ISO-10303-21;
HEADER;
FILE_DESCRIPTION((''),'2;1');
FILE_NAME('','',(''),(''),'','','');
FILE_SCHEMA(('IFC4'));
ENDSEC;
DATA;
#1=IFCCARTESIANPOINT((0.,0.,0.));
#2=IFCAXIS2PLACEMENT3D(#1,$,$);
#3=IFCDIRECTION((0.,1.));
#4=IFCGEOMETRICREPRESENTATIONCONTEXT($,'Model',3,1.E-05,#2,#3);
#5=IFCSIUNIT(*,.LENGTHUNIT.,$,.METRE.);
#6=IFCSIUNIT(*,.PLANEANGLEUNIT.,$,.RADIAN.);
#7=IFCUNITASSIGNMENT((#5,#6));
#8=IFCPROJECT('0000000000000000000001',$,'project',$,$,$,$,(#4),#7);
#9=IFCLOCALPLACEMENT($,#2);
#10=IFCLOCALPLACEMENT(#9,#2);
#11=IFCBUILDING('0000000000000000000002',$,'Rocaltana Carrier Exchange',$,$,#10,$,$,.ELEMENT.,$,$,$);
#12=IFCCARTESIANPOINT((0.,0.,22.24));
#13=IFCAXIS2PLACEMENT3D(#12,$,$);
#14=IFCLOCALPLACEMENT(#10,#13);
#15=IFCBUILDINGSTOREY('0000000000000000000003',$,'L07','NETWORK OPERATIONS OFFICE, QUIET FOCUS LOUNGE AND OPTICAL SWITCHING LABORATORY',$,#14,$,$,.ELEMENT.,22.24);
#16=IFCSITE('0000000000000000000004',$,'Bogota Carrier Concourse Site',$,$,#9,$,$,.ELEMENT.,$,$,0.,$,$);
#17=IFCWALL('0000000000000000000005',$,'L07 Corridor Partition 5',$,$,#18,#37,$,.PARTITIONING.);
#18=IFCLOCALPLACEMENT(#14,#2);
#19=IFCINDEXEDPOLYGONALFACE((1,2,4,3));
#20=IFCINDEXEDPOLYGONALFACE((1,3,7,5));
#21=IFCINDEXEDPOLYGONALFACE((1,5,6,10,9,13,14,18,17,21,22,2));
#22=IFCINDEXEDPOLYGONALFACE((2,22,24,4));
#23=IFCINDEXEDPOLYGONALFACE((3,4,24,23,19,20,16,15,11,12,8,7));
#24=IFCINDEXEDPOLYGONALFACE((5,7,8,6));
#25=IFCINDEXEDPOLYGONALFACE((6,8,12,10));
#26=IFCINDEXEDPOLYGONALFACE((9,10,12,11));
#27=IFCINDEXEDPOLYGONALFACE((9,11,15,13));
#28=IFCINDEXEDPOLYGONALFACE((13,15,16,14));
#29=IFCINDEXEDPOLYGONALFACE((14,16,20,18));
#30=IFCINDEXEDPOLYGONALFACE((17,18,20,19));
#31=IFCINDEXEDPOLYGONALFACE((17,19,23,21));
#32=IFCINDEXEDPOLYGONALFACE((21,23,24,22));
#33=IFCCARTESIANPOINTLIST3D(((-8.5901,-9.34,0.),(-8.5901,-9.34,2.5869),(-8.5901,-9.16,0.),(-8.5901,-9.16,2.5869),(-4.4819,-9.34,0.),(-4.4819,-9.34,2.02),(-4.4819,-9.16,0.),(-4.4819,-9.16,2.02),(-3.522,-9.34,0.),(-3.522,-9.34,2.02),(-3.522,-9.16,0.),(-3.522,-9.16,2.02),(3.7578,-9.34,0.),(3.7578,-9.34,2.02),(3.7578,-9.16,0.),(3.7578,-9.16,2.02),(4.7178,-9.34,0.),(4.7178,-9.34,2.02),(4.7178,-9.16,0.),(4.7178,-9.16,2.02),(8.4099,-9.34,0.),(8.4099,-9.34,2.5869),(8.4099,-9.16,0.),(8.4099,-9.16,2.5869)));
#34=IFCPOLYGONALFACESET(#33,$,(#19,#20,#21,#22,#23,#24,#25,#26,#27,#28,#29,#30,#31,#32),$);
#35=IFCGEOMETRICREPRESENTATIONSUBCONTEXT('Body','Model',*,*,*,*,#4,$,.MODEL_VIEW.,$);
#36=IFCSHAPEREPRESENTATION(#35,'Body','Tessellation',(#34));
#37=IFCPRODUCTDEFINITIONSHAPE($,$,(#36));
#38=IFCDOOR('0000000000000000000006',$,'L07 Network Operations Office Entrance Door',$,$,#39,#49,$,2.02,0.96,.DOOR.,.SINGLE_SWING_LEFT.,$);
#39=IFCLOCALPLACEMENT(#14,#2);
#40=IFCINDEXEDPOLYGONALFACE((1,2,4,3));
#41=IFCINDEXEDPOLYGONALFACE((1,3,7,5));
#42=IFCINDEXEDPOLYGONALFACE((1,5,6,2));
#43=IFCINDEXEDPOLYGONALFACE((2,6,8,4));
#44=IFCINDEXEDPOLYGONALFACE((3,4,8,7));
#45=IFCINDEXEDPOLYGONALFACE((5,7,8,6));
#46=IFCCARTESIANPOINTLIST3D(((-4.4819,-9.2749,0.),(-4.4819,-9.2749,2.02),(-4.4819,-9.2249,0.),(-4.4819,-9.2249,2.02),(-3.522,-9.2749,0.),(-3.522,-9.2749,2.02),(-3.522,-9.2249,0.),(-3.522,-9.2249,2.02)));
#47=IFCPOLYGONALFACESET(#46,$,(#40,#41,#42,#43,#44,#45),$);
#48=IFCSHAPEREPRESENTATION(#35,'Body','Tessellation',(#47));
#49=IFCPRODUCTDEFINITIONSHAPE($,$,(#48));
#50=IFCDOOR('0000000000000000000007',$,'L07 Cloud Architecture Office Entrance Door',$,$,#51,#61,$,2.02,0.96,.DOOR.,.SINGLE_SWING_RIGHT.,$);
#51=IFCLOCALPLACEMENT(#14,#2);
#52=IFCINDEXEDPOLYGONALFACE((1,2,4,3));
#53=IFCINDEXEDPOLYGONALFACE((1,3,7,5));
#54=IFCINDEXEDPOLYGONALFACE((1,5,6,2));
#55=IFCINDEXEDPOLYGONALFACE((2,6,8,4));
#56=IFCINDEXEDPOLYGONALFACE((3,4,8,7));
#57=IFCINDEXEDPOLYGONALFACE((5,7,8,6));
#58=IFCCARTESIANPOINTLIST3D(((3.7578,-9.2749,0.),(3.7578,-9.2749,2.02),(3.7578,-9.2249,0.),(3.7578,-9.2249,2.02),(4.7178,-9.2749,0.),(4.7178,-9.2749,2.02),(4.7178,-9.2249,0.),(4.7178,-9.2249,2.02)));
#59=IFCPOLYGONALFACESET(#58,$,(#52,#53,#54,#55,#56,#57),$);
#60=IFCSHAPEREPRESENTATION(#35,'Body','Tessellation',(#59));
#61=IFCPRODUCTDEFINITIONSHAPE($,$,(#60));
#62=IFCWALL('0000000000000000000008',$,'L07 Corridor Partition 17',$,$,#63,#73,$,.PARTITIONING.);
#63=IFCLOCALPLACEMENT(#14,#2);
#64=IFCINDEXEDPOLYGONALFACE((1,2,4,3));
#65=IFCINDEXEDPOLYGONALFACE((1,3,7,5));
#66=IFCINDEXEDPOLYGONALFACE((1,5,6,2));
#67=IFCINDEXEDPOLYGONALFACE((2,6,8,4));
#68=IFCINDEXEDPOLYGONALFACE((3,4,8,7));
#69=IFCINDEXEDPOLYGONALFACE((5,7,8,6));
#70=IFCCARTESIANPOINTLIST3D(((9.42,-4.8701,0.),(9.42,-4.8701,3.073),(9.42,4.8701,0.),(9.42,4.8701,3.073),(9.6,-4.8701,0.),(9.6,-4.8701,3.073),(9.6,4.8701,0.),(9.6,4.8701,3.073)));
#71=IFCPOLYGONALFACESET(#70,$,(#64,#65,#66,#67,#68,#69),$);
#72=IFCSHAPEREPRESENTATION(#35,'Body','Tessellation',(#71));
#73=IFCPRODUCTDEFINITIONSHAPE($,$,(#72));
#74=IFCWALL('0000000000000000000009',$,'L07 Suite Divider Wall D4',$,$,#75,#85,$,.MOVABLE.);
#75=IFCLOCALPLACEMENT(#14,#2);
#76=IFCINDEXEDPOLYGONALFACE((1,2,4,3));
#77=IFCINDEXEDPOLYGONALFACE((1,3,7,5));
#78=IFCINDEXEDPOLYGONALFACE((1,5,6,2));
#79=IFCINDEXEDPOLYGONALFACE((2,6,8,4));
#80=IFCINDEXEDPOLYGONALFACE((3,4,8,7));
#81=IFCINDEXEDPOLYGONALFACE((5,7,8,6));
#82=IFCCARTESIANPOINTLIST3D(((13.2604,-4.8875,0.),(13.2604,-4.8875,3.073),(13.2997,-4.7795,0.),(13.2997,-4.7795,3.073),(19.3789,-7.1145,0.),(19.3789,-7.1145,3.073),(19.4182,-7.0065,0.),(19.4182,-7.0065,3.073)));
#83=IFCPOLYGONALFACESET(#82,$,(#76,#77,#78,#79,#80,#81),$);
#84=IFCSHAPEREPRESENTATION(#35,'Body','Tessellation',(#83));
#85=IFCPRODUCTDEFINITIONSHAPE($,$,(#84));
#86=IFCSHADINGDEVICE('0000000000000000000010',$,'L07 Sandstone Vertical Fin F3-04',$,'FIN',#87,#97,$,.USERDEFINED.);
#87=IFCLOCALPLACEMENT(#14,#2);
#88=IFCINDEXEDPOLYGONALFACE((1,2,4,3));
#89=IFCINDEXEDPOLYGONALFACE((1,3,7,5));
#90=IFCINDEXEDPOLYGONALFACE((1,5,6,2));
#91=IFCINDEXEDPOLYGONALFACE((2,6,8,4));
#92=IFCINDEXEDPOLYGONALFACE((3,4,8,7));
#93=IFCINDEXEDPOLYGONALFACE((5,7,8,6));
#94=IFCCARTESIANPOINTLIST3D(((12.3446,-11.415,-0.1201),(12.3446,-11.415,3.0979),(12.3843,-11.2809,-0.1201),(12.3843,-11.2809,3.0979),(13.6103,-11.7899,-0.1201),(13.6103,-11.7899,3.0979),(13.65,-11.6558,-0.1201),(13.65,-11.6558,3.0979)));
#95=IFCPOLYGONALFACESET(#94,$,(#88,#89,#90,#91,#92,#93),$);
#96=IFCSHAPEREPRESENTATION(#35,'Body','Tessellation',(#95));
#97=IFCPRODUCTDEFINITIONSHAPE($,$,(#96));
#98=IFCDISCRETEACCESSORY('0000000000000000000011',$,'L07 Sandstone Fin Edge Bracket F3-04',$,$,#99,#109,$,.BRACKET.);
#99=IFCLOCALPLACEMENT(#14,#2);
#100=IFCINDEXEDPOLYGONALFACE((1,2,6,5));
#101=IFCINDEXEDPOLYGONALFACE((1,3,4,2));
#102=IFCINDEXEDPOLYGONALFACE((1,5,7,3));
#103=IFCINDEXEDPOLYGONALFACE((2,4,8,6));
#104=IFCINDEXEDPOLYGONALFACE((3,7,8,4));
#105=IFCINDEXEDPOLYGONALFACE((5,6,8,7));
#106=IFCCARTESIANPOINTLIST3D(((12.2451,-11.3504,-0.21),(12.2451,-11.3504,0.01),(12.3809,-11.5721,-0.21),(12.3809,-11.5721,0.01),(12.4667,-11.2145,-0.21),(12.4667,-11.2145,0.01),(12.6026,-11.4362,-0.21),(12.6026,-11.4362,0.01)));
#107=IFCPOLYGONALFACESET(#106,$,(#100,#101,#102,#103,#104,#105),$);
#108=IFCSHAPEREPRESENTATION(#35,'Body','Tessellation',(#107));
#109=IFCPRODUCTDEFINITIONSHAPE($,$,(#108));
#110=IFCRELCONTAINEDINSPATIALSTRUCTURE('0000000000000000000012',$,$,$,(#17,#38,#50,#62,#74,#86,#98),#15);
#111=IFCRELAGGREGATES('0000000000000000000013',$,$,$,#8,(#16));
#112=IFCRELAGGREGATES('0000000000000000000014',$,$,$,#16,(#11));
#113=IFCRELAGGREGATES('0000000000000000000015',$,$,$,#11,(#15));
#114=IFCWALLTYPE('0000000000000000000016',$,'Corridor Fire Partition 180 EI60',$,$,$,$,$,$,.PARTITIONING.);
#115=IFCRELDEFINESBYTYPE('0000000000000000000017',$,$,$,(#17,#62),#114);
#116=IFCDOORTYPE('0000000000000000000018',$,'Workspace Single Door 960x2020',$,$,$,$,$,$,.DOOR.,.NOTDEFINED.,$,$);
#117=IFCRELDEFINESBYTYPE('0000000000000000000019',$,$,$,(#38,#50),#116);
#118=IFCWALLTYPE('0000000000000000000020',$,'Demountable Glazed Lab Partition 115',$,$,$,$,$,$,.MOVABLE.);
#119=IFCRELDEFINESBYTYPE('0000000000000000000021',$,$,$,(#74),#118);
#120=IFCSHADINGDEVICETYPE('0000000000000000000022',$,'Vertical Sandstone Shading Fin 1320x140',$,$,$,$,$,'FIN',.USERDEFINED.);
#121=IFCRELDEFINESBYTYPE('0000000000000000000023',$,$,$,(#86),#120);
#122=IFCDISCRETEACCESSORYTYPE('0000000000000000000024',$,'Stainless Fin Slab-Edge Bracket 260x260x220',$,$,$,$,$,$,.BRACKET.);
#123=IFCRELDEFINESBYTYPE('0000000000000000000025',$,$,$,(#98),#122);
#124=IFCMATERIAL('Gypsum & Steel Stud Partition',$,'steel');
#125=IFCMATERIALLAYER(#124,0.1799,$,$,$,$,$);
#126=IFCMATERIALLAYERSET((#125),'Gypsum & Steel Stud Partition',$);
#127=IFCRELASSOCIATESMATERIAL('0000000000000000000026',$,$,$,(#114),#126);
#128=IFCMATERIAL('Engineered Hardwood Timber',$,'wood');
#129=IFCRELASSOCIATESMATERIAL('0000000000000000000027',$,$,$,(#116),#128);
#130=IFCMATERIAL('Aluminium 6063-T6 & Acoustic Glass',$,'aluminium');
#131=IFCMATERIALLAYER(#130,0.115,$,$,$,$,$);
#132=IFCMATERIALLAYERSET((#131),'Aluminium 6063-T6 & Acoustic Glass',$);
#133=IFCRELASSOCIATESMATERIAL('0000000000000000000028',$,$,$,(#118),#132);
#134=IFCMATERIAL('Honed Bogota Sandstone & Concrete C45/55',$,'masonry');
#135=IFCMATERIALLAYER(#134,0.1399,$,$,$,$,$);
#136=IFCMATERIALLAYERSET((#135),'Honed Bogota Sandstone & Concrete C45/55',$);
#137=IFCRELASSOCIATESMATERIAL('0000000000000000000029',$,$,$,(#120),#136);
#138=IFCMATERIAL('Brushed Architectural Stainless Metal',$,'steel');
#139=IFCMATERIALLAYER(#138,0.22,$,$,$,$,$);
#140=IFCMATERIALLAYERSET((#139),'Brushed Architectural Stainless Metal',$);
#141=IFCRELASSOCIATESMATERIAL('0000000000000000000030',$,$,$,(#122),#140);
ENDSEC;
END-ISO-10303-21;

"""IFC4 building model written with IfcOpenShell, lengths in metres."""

from ifc_helpers import new_model, si_unit, direction, frame, frame_2d, origin, origin_2d, place, context, subcontext, project, spatial, rectangle, extrude, material, layer, layer_set, type_object, element, fill, save


model = new_model("IFC4")

# Units and contexts
model_context = context("Model", 3, precision=1e-05, world=origin(), true_north=direction((0.0, 1.0)))
body_context = subcontext(model_context, "Body", "Model", "MODEL_VIEW")
ifc_project = project(units=[si_unit("LENGTHUNIT", "METRE"), si_unit("PLANEANGLEUNIT", "RADIAN")], contexts=[model_context])

# Site, building, storey
site_placement = place(None, origin())
site = spatial("IfcSite", under=ifc_project, at=site_placement, Name="Bogota Carrier Concourse Site", CompositionType="ELEMENT", RefElevation=0.0)
building_placement = place(site_placement, origin())
building = spatial("IfcBuilding", under=site, at=building_placement, Name="Rocaltana Carrier Exchange", CompositionType="ELEMENT")
storey_placement = place(building_placement, frame((0.0, 0.0, 22.24)))
storey = spatial("IfcBuildingStorey", under=building, at=storey_placement, Name="L07", Description="NETWORK OPERATIONS OFFICE, QUIET FOCUS LOUNGE AND OPTICAL SWITCHING LABORATORY", CompositionType="ELEMENT", Elevation=22.24)

# Shared definitions
ifc_material_1 = material(Name="Gypsum & Steel Stud Partition", Category="steel")
ifc_layer_1 = layer(ifc_material_1, 0.1799)
ifc_layer_set_1 = layer_set([ifc_layer_1], Name="Gypsum & Steel Stud Partition")
wall_type_1 = type_object("IfcWallType", Name="Corridor Fire Partition 180 EI60", PredefinedType="PARTITIONING", material=ifc_layer_set_1)

# Wall, openings, doors
wall_1_placement = place(storey_placement, frame((8.4099, -9.25, 0.0), z_axis=(0.0, 0.0, 1.0), x_axis=(-1.0, 0.0, 0.0)))
wall_1 = element("IfcWall", 1, at=wall_1_placement, inside=storey, type_object=wall_type_1, Name="L07 Corridor Partition 5", PredefinedType="PARTITIONING", context=body_context, shape_type="SweptSolid", body=[
    extrude(rectangle(XDim=17.0, YDim=0.1799, at=frame_2d((8.5, 0.0))), origin(), (0.0, 0.0, 1.0), 2.5869),
])
opening_1_placement = place(wall_1_placement, frame((11.9319, 0.0, 0.0)))
opening_1 = element("IfcOpeningElement", 2, at=opening_1_placement, cuts=wall_1, PredefinedType="OPENING", context=body_context, shape_type="SweptSolid", body=[
    extrude(rectangle(XDim=0.96, YDim=2.02, at=frame_2d((0.48, 1.01))), frame((0.0, 0.0999, 0.0), z_axis=(0.0, -1.0, 0.0), x_axis=(1.0, 0.0, 0.0)), (0.0, 0.0, 1.0), 0.2),
])
opening_2_placement = place(wall_1_placement, frame((3.6921, 0.0, 0.0)))
opening_2 = element("IfcOpeningElement", 3, at=opening_2_placement, cuts=wall_1, PredefinedType="OPENING", context=body_context, shape_type="SweptSolid", body=[
    extrude(rectangle(XDim=0.96, YDim=2.02, at=frame_2d((0.48, 1.01))), frame((0.0, 0.0999, 0.0), z_axis=(0.0, -1.0, 0.0), x_axis=(1.0, 0.0, 0.0)), (0.0, 0.0, 1.0), 0.2),
])
ifc_material_2 = material(Name="Engineered Hardwood Timber", Category="wood")
door_type = type_object("IfcDoorType", Name="Workspace Single Door 960x2020", OperationType="NOTDEFINED", PredefinedType="DOOR", material=ifc_material_2)
door_1_placement = place(opening_1_placement, origin())
door_1 = element("IfcDoor", 4, at=door_1_placement, inside=storey, type_object=door_type, Name="L07 Network Operations Office Entrance Door", OperationType="SINGLE_SWING_LEFT", OverallHeight=2.02, OverallWidth=0.96, PredefinedType="DOOR", context=body_context, shape_type="SweptSolid", body=[
    extrude(rectangle(XDim=0.96, YDim=2.02, at=frame_2d((0.48, 1.01))), frame((0.0, 0.0249, 0.0), z_axis=(0.0, -1.0, 0.0), x_axis=(1.0, 0.0, 0.0)), (0.0, 0.0, 1.0), 0.05),
])
fill(opening_1, door_1)
door_2_placement = place(opening_2_placement, origin())
door_2 = element("IfcDoor", 5, at=door_2_placement, inside=storey, type_object=door_type, Name="L07 Cloud Architecture Office Entrance Door", OperationType="SINGLE_SWING_RIGHT", OverallHeight=2.02, OverallWidth=0.96, PredefinedType="DOOR", context=body_context, shape_type="SweptSolid", body=[
    extrude(rectangle(XDim=0.96, YDim=2.02, at=frame_2d((0.48, 1.01))), frame((0.0, 0.0249, 0.0), z_axis=(0.0, -1.0, 0.0), x_axis=(1.0, 0.0, 0.0)), (0.0, 0.0, 1.0), 0.05),
])
fill(opening_2, door_2)

# Walls
wall_2_placement = place(storey_placement, frame((9.51, -4.8701, 0.0), z_axis=(0.0, 0.0, 1.0), x_axis=(0.0, 1.0, 0.0)))
element("IfcWall", 6, at=wall_2_placement, inside=storey, type_object=wall_type_1, Name="L07 Corridor Partition 17", PredefinedType="PARTITIONING", context=body_context, shape_type="SweptSolid", body=[
    extrude(rectangle(XDim=9.7402, YDim=0.1799, at=frame_2d((4.8701, 0.0))), origin(), (0.0, 0.0, 1.0), 3.073),
])
ifc_material_3 = material(Name="Aluminium 6063-T6 & Acoustic Glass", Category="aluminium")
ifc_layer_2 = layer(ifc_material_3, 0.115)
ifc_layer_set_2 = layer_set([ifc_layer_2], Name="Aluminium 6063-T6 & Acoustic Glass")
wall_type_2 = type_object("IfcWallType", Name="Demountable Glazed Lab Partition 115", PredefinedType="MOVABLE", material=ifc_layer_set_2)
wall_3_placement = place(storey_placement, frame((13.28, -4.8335, 0.0), z_axis=(0.0, 0.0, 1.0), x_axis=(0.93969, -0.342026, 0.0)))
element("IfcWall", 7, at=wall_3_placement, inside=storey, type_object=wall_type_2, Name="L07 Suite Divider Wall D4", PredefinedType="MOVABLE", context=body_context, shape_type="SweptSolid", body=[
    extrude(rectangle(XDim=6.5112, YDim=0.115, at=frame_2d((3.2556, 0.0))), origin(), (0.0, 0.0, 1.0), 3.073),
])

# Shading device
ifc_material_4 = material(Name="Honed Bogota Sandstone & Concrete C45/55", Category="masonry")
ifc_layer_3 = layer(ifc_material_4, 0.1399)
ifc_layer_set_3 = layer_set([ifc_layer_3], Name="Honed Bogota Sandstone & Concrete C45/55")
shading_device_type = type_object("IfcShadingDeviceType", Name="Vertical Sandstone Shading Fin 1320x140", ElementType="FIN", PredefinedType="USERDEFINED", material=ifc_layer_set_3)
shading_device_placement = place(storey_placement, frame((12.9973, -11.5354, -0.1201), z_axis=(0.0, 0.0, 1.0), x_axis=(0.95882, -0.284015, 0.0)))
element("IfcShadingDevice", 8, at=shading_device_placement, inside=storey, type_object=shading_device_type, Name="L07 Sandstone Vertical Fin F3-04", ObjectType="FIN", PredefinedType="USERDEFINED", context=body_context, shape_type="SweptSolid", body=[
    extrude(rectangle(XDim=1.3201, YDim=0.1399, at=origin_2d()), origin(), (0.0, 0.0, 1.0), 3.218),
])

# Discrete accessory
ifc_material_5 = material(Name="Brushed Architectural Stainless Metal", Category="steel")
ifc_layer_4 = layer(ifc_material_5, 0.22)
ifc_layer_set_4 = layer_set([ifc_layer_4], Name="Brushed Architectural Stainless Metal")
discrete_accessory_type = type_object("IfcDiscreteAccessoryType", Name="Stainless Fin Slab-Edge Bracket 260x260x220", PredefinedType="BRACKET", material=ifc_layer_set_4)
discrete_accessory_placement = place(storey_placement, frame((12.4238, -11.3933, -0.21), z_axis=(0.0, 0.0, 1.0), x_axis=(0.85264, 0.522499, 0.0)))
element("IfcDiscreteAccessory", 9, at=discrete_accessory_placement, inside=storey, type_object=discrete_accessory_type, Name="L07 Sandstone Fin Edge Bracket F3-04", PredefinedType="BRACKET", context=body_context, shape_type="SweptSolid", body=[
    extrude(rectangle(XDim=0.26, YDim=0.26, at=origin_2d()), origin(), (0.0, 0.0, 1.0), 0.22),
])

save(model, "model.ifc")
